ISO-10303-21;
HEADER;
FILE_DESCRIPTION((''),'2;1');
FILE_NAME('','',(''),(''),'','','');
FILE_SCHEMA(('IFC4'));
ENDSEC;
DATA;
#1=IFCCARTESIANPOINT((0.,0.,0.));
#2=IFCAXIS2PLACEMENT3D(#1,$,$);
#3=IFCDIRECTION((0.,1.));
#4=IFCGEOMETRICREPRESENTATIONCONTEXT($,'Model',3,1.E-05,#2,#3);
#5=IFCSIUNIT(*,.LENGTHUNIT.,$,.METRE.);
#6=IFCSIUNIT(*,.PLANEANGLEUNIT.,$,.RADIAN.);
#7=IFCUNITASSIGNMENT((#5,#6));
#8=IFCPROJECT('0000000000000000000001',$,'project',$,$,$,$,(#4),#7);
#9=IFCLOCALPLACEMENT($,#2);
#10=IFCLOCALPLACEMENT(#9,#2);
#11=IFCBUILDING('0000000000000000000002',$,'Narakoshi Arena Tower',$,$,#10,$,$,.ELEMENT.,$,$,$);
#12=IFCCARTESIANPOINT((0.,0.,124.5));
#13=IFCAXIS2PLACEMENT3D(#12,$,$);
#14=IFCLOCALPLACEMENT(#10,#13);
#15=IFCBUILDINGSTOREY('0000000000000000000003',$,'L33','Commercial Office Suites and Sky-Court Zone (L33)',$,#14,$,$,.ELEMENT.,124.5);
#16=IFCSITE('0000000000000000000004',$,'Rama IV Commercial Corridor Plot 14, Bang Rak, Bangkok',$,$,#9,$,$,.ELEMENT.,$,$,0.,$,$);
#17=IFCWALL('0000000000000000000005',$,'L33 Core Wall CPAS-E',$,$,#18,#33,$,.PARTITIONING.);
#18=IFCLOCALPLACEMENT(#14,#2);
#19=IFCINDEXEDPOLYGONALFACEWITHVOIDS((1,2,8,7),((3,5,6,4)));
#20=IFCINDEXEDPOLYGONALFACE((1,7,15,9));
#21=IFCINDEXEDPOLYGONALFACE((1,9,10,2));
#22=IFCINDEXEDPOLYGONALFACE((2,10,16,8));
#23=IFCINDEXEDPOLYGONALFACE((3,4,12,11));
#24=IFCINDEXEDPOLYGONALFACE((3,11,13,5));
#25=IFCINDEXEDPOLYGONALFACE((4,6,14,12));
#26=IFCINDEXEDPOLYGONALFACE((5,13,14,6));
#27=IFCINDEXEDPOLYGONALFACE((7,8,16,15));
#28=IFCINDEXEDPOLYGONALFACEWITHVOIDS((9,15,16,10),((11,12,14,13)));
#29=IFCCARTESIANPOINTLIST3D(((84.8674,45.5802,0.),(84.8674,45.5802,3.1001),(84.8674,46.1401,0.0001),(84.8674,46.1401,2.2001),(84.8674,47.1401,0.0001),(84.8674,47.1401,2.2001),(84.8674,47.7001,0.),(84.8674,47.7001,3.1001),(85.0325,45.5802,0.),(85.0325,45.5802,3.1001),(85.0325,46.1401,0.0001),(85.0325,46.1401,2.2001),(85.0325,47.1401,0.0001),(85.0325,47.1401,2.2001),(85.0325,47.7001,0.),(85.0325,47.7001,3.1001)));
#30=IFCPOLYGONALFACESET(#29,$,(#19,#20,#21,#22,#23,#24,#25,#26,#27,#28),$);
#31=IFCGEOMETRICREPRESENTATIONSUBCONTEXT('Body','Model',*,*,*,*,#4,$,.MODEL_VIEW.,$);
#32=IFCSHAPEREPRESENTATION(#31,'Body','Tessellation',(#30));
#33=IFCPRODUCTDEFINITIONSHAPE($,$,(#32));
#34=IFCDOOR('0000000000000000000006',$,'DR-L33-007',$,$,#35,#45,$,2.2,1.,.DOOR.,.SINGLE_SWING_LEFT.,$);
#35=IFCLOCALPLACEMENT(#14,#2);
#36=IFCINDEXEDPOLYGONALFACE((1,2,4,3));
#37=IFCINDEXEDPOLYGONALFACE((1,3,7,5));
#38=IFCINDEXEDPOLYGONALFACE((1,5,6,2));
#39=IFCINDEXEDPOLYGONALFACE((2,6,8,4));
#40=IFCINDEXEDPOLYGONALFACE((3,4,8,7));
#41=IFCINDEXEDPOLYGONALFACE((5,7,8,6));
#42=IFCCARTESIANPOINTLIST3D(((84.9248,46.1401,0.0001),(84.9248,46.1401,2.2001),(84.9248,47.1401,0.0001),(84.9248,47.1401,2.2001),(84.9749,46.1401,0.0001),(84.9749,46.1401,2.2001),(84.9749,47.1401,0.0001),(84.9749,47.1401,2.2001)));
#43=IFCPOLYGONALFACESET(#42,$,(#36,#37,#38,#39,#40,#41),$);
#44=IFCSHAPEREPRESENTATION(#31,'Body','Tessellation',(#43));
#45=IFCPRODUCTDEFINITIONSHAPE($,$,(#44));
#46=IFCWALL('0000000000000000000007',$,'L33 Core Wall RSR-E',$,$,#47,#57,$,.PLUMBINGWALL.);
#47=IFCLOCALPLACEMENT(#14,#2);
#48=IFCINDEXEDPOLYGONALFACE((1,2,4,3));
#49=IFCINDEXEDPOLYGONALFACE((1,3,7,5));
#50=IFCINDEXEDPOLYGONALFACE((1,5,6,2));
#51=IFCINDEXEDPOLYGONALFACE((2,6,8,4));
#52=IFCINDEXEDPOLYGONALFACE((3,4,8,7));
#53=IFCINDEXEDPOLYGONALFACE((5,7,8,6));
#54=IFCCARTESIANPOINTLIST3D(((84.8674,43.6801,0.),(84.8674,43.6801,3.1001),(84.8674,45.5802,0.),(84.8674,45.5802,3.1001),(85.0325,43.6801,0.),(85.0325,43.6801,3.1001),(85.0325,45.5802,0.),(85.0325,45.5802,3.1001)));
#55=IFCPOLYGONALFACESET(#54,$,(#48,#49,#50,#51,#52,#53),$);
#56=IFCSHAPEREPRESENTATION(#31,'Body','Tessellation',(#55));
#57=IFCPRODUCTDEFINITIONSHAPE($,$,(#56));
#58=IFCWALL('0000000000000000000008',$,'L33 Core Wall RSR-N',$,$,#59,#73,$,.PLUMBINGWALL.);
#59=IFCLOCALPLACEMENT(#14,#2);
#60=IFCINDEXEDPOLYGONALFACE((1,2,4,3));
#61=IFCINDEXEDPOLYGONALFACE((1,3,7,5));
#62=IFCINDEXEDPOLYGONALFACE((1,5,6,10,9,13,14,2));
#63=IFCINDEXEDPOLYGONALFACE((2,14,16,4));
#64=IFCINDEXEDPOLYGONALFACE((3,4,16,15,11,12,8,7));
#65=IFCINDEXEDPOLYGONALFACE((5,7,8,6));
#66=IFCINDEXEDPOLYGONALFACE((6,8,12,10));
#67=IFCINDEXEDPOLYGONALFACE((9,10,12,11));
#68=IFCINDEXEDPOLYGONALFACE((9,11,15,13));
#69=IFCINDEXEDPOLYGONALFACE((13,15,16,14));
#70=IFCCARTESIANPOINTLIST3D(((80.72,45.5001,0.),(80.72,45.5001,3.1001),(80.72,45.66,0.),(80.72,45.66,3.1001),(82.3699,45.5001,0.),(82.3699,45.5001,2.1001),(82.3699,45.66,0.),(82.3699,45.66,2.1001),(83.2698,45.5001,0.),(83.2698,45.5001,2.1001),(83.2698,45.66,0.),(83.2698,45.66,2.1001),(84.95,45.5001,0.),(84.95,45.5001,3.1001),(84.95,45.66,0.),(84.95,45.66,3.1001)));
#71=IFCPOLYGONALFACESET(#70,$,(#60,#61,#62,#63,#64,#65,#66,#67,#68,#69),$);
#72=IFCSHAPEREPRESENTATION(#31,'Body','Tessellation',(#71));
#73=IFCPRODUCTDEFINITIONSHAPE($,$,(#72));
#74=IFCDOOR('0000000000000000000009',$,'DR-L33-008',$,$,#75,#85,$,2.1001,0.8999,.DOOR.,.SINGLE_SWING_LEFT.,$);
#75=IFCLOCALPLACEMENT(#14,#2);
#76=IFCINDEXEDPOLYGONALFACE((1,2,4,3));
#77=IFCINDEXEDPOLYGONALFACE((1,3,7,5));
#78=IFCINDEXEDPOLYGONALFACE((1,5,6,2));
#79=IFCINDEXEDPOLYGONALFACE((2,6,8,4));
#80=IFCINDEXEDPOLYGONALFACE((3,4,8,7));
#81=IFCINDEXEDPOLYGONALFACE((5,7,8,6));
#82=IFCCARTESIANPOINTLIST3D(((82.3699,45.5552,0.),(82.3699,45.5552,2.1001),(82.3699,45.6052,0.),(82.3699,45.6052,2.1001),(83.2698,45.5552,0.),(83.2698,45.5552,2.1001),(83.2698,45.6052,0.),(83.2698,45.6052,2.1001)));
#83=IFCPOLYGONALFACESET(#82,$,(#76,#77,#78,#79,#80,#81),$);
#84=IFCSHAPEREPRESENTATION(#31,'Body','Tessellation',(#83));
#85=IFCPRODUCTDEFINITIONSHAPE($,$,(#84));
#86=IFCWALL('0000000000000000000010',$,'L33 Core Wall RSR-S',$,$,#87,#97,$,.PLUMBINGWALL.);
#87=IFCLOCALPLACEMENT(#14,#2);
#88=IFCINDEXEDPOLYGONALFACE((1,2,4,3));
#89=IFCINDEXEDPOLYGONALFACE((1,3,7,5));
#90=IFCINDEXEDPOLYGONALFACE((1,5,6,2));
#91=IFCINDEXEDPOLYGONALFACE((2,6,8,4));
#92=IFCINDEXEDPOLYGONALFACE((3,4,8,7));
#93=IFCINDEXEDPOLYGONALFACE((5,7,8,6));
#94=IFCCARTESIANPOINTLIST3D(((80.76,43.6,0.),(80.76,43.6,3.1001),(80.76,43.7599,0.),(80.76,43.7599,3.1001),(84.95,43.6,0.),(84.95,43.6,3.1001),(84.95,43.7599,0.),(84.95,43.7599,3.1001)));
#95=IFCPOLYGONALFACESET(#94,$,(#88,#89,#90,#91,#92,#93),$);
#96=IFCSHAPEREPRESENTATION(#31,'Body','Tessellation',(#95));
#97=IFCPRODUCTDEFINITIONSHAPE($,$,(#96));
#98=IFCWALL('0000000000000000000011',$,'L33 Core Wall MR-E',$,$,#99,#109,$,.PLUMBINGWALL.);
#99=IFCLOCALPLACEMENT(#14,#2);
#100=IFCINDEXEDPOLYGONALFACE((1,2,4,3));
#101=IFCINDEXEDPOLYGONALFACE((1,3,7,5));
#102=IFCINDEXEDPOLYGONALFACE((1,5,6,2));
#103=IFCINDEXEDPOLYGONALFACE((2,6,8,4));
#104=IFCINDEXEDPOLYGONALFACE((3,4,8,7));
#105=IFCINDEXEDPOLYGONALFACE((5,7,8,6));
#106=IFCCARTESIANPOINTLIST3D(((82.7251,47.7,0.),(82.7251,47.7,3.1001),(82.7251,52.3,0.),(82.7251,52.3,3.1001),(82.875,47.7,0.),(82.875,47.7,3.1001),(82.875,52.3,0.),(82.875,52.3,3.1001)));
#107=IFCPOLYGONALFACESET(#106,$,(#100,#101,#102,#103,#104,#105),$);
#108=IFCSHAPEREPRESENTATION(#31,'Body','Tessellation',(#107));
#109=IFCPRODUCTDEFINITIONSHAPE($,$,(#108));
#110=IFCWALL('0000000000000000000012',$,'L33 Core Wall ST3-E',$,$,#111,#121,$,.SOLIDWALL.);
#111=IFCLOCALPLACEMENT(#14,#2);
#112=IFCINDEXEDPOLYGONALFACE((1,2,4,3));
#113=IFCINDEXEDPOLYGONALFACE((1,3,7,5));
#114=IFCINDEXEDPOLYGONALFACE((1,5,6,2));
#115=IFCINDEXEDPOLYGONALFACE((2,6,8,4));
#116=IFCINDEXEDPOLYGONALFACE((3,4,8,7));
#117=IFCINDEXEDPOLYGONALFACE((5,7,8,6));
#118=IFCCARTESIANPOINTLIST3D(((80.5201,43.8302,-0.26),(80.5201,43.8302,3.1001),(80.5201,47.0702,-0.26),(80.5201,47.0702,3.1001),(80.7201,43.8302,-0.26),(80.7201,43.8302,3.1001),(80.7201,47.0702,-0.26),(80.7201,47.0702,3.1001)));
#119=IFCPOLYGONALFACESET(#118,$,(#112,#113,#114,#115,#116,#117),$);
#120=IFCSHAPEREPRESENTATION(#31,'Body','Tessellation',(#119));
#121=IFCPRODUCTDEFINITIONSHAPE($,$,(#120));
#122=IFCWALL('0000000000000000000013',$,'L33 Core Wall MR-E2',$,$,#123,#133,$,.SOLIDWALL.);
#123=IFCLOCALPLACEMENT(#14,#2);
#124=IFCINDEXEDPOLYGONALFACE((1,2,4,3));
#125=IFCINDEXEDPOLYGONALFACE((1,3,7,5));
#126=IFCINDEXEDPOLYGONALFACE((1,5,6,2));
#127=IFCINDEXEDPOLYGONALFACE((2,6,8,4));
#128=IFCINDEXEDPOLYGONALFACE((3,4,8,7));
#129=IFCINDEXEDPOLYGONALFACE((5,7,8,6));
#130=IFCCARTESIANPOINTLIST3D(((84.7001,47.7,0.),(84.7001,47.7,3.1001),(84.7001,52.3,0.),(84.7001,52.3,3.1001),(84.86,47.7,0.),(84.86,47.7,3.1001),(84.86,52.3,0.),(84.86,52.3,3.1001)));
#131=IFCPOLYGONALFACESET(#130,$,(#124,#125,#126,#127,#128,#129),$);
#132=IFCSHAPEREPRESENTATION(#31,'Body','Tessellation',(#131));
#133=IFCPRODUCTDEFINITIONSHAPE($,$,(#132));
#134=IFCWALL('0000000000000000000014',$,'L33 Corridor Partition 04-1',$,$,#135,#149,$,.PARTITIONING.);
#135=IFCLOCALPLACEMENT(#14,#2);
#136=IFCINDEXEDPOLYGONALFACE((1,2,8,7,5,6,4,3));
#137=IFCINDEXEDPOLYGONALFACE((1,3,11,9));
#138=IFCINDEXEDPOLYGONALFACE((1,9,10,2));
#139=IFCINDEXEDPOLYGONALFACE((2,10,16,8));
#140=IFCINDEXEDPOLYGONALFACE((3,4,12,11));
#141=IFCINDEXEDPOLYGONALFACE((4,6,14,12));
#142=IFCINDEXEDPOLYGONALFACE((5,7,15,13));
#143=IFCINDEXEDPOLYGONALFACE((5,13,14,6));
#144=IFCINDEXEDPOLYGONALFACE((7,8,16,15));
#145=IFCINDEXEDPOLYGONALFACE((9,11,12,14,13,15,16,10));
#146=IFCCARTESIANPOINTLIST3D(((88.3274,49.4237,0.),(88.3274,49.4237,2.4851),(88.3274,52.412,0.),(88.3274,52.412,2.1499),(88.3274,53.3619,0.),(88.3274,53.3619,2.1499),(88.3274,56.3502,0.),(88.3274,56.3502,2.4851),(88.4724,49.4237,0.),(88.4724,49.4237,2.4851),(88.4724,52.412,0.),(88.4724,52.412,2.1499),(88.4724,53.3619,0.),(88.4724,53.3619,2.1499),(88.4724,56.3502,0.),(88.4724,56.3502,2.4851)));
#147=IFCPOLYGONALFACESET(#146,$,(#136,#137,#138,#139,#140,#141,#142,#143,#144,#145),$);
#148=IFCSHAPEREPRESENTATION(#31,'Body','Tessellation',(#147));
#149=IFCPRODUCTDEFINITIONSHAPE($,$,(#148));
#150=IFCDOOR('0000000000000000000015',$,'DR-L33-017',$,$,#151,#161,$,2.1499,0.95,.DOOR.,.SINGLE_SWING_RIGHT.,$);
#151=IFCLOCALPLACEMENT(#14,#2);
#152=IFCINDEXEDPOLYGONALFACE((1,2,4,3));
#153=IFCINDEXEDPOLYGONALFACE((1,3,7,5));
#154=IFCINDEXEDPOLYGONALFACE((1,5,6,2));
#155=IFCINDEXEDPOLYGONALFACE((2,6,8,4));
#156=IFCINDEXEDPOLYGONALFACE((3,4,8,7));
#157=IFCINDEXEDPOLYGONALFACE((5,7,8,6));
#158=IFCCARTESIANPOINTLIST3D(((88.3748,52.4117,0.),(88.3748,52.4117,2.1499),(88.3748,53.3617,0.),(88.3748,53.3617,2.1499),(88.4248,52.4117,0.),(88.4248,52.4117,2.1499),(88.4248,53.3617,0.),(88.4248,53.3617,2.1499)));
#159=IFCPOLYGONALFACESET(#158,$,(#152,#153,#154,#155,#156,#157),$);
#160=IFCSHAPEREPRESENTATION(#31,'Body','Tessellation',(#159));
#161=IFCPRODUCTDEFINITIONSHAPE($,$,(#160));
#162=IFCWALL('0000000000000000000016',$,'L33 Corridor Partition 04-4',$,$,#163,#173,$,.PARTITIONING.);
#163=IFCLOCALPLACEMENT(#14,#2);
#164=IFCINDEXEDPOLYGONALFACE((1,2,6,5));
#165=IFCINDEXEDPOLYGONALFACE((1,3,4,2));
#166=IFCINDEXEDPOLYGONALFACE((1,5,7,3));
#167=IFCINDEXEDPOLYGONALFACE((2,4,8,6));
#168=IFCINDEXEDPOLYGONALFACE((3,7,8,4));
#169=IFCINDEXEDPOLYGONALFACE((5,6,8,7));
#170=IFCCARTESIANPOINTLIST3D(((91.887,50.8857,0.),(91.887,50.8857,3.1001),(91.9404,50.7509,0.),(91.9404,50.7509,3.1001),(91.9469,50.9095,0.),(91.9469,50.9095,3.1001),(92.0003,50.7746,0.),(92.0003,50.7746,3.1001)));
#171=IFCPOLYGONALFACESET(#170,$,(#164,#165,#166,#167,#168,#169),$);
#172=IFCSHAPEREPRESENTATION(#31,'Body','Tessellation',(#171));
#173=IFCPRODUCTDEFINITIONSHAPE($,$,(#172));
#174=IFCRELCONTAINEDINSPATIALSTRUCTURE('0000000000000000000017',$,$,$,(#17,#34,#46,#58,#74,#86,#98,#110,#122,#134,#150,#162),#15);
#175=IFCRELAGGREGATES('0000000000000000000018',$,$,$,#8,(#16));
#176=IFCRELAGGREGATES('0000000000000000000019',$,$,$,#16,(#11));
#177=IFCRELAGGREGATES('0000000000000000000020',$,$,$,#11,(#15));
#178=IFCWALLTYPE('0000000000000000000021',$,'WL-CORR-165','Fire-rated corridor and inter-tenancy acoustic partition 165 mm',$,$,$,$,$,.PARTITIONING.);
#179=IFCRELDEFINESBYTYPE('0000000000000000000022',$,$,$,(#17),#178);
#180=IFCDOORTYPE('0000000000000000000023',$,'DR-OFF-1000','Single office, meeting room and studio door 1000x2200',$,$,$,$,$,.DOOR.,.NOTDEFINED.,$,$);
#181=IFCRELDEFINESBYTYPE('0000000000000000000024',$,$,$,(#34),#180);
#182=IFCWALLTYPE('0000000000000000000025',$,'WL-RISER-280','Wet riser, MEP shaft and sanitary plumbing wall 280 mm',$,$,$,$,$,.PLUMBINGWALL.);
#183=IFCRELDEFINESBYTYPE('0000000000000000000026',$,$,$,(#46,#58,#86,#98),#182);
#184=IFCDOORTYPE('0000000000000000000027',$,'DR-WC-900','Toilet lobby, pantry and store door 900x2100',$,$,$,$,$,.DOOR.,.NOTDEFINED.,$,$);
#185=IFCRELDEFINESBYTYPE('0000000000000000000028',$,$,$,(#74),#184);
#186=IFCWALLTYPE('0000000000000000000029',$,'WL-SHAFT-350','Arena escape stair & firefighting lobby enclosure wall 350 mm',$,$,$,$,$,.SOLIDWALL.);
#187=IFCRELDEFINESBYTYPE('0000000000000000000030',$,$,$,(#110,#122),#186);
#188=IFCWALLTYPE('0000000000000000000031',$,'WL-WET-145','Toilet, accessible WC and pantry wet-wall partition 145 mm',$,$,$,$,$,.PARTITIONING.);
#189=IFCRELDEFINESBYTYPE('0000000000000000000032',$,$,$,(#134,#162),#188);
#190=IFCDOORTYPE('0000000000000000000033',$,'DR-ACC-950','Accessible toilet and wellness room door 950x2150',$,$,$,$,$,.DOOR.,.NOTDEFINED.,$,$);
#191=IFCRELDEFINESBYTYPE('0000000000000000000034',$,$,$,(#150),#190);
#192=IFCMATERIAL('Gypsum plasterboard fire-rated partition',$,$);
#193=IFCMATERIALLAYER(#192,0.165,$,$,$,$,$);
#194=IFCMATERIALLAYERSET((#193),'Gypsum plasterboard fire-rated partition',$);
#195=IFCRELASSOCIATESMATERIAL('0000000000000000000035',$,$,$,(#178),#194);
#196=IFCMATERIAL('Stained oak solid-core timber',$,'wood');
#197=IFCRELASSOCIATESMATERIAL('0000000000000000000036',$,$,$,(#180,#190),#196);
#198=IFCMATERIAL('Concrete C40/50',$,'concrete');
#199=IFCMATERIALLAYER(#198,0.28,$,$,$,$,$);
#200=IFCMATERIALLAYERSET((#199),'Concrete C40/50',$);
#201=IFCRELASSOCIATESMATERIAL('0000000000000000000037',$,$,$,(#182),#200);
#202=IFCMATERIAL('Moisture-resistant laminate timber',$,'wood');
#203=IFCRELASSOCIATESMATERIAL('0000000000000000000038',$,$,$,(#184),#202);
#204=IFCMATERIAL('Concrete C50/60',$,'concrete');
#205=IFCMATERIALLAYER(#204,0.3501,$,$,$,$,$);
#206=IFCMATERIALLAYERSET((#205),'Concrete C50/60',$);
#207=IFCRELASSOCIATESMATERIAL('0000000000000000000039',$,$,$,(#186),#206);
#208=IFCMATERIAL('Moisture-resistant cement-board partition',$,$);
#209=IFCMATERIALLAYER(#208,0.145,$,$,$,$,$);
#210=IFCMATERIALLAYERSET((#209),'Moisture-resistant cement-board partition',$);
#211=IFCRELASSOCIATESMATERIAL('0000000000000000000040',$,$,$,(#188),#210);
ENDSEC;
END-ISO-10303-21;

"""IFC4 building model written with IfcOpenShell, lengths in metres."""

from ifc_helpers import new_model, si_unit, direction, frame, frame_2d, origin, place, context, subcontext, project, spatial, rectangle, extrude, material, layer, layer_set, type_object, element, fill, save


model = new_model("IFC4")

# Units and contexts
model_context = context("Model", 3, precision=1e-05, world=origin(), true_north=direction((0.0, 1.0)))
body_context = subcontext(model_context, "Body", "Model", "MODEL_VIEW")
ifc_project = project(units=[si_unit("LENGTHUNIT", "METRE"), si_unit("PLANEANGLEUNIT", "RADIAN")], contexts=[model_context])

# Site, building, storey
site_placement = place(None, origin())
site = spatial("IfcSite", under=ifc_project, at=site_placement, Name="Rama IV Commercial Corridor Plot 14, Bang Rak, Bangkok", CompositionType="ELEMENT", RefElevation=0.0)
building_placement = place(site_placement, origin())
building = spatial("IfcBuilding", under=site, at=building_placement, Name="Narakoshi Arena Tower", CompositionType="ELEMENT")
storey_placement = place(building_placement, frame((0.0, 0.0, 124.5)))
storey = spatial("IfcBuildingStorey", under=building, at=storey_placement, Name="L33", Description="Commercial Office Suites and Sky-Court Zone (L33)", CompositionType="ELEMENT", Elevation=124.5)

# Wall, opening, door
ifc_material_1 = material(Name="Gypsum plasterboard fire-rated partition")
ifc_layer_1 = layer(ifc_material_1, 0.165)
ifc_layer_set_1 = layer_set([ifc_layer_1], Name="Gypsum plasterboard fire-rated partition")
wall_type_1 = type_object("IfcWallType", Name="WL-CORR-165", Description="Fire-rated corridor and inter-tenancy acoustic partition 165 mm", PredefinedType="PARTITIONING", material=ifc_layer_set_1)
wall_1_placement = place(storey_placement, frame((84.95, 45.5801, 0.0), z_axis=(0.0, 0.0, 1.0), x_axis=(0.0, 1.0, 0.0)))
wall_1 = element("IfcWall", 1, at=wall_1_placement, inside=storey, type_object=wall_type_1, Name="L33 Core Wall CPAS-E", PredefinedType="PARTITIONING", context=body_context, shape_type="SweptSolid", body=[
    extrude(rectangle(XDim=2.1199, YDim=0.165, at=frame_2d((1.0601, 0.0))), origin(), (0.0, 0.0, 1.0), 3.1001),
])
opening_1_placement = place(wall_1_placement, frame((0.5601, 0.0, 0.0)))
opening_1 = element("IfcOpeningElement", 2, at=opening_1_placement, cuts=wall_1, PredefinedType="OPENING", context=body_context, shape_type="SweptSolid", body=[
    extrude(rectangle(XDim=1.0, YDim=2.2, at=frame_2d((0.5, 1.1001))), frame((0.0, 0.0925, 0.0), z_axis=(0.0, -1.0, 0.0), x_axis=(1.0, 0.0, 0.0)), (0.0, 0.0, 1.0), 0.1851),
])
ifc_material_2 = material(Name="Stained oak solid-core timber", Category="wood")
door_type_1 = type_object("IfcDoorType", Name="DR-OFF-1000", Description="Single office, meeting room and studio door 1000x2200", OperationType="NOTDEFINED", PredefinedType="DOOR", material=ifc_material_2)
door_1_placement = place(opening_1_placement, frame((1.0, 0.0, 0.0), z_axis=(0.0, 0.0, 1.0), x_axis=(-1.0, 0.0, 0.0)))
door_1 = element("IfcDoor", 3, at=door_1_placement, inside=storey, type_object=door_type_1, Name="DR-L33-007", OperationType="SINGLE_SWING_LEFT", OverallHeight=2.2, OverallWidth=1.0, PredefinedType="DOOR", context=body_context, shape_type="SweptSolid", body=[
    extrude(rectangle(XDim=1.0, YDim=2.2, at=frame_2d((0.5, 1.1001))), frame((0.0, 0.0249, 0.0), z_axis=(0.0, -1.0, 0.0), x_axis=(1.0, 0.0, 0.0)), (0.0, 0.0, 1.0), 0.05),
])
fill(opening_1, door_1)

# Wall
ifc_material_3 = material(Name="Concrete C40/50", Category="concrete")
ifc_layer_2 = layer(ifc_material_3, 0.28)
ifc_layer_set_2 = layer_set([ifc_layer_2], Name="Concrete C40/50")
wall_type_2 = type_object("IfcWallType", Name="WL-RISER-280", Description="Wet riser, MEP shaft and sanitary plumbing wall 280 mm", PredefinedType="PLUMBINGWALL", material=ifc_layer_set_2)
wall_2_placement = place(storey_placement, frame((84.95, 43.6799, 0.0), z_axis=(0.0, 0.0, 1.0), x_axis=(0.0, 1.0, 0.0)))
element("IfcWall", 4, at=wall_2_placement, inside=storey, type_object=wall_type_2, Name="L33 Core Wall RSR-E", PredefinedType="PLUMBINGWALL", context=body_context, shape_type="SweptSolid", body=[
    extrude(rectangle(XDim=1.9001, YDim=0.165, at=frame_2d((0.9502, 0.0))), origin(), (0.0, 0.0, 1.0), 3.1001),
])

# Wall, opening, door
wall_3_placement = place(storey_placement, frame((80.72, 45.5801, 0.0), z_axis=(0.0, 0.0, 1.0), x_axis=(1.0, 0.0, 0.0)))
wall_3 = element("IfcWall", 5, at=wall_3_placement, inside=storey, type_object=wall_type_2, Name="L33 Core Wall RSR-N", PredefinedType="PLUMBINGWALL", context=body_context, shape_type="SweptSolid", body=[
    extrude(rectangle(XDim=4.23, YDim=0.1599, at=frame_2d((2.115, 0.0))), origin(), (0.0, 0.0, 1.0), 3.1001),
])
opening_2_placement = place(wall_3_placement, frame((1.6499, 0.0, 0.0)))
opening_2 = element("IfcOpeningElement", 6, at=opening_2_placement, cuts=wall_3, PredefinedType="OPENING", context=body_context, shape_type="SweptSolid", body=[
    extrude(rectangle(XDim=0.8999, YDim=2.1001, at=frame_2d((0.45, 1.05))), frame((0.0, 0.0898, 0.0), z_axis=(0.0, -1.0, 0.0), x_axis=(1.0, 0.0, 0.0)), (0.0, 0.0, 1.0), 0.1799),
])
ifc_material_4 = material(Name="Moisture-resistant laminate timber", Category="wood")
door_type_2 = type_object("IfcDoorType", Name="DR-WC-900", Description="Toilet lobby, pantry and store door 900x2100", OperationType="NOTDEFINED", PredefinedType="DOOR", material=ifc_material_4)
door_2_placement = place(opening_2_placement, frame((0.8999, 0.0, 0.0), z_axis=(0.0, 0.0, 1.0), x_axis=(-1.0, 0.0, 0.0)))
door_2 = element("IfcDoor", 7, at=door_2_placement, inside=storey, type_object=door_type_2, Name="DR-L33-008", OperationType="SINGLE_SWING_LEFT", OverallHeight=2.1001, OverallWidth=0.8999, PredefinedType="DOOR", context=body_context, shape_type="SweptSolid", body=[
    extrude(rectangle(XDim=0.8999, YDim=2.1001, at=frame_2d((0.45, 1.05))), frame((0.0, 0.0249, 0.0), z_axis=(0.0, -1.0, 0.0), x_axis=(1.0, 0.0, 0.0)), (0.0, 0.0, 1.0), 0.05),
])
fill(opening_2, door_2)

# Walls
wall_4_placement = place(storey_placement, frame((80.76, 43.6799, 0.0), z_axis=(0.0, 0.0, 1.0), x_axis=(1.0, 0.0, 0.0)))
element("IfcWall", 8, at=wall_4_placement, inside=storey, type_object=wall_type_2, Name="L33 Core Wall RSR-S", PredefinedType="PLUMBINGWALL", context=body_context, shape_type="SweptSolid", body=[
    extrude(rectangle(XDim=4.1899, YDim=0.1599, at=frame_2d((2.095, 0.0))), origin(), (0.0, 0.0, 1.0), 3.1001),
])
wall_5_placement = place(storey_placement, frame((82.8, 47.7, 0.0), z_axis=(0.0, 0.0, 1.0), x_axis=(0.0, 1.0, 0.0)))
element("IfcWall", 9, at=wall_5_placement, inside=storey, type_object=wall_type_2, Name="L33 Core Wall MR-E", PredefinedType="PLUMBINGWALL", context=body_context, shape_type="SweptSolid", body=[
    extrude(rectangle(XDim=4.6001, YDim=0.1499, at=frame_2d((2.3, 0.0))), origin(), (0.0, 0.0, 1.0), 3.1001),
])
ifc_material_5 = material(Name="Concrete C50/60", Category="concrete")
ifc_layer_3 = layer(ifc_material_5, 0.3501)
ifc_layer_set_3 = layer_set([ifc_layer_3], Name="Concrete C50/60")
wall_type_3 = type_object("IfcWallType", Name="WL-SHAFT-350", Description="Arena escape stair & firefighting lobby enclosure wall 350 mm", PredefinedType="SOLIDWALL", material=ifc_layer_set_3)
wall_6_placement = place(storey_placement, frame((80.6201, 43.8301, -0.26), z_axis=(0.0, 0.0, 1.0), x_axis=(0.0, 1.0, 0.0)))
element("IfcWall", 10, at=wall_6_placement, inside=storey, type_object=wall_type_3, Name="L33 Core Wall ST3-E", PredefinedType="SOLIDWALL", context=body_context, shape_type="SweptSolid", body=[
    extrude(rectangle(XDim=3.24, YDim=0.2, at=frame_2d((1.6201, 0.0))), origin(), (0.0, 0.0, 1.0), 3.3601),
])
wall_7_placement = place(storey_placement, frame((84.78, 47.7, 0.0), z_axis=(0.0, 0.0, 1.0), x_axis=(0.0, 1.0, 0.0)))
element("IfcWall", 11, at=wall_7_placement, inside=storey, type_object=wall_type_3, Name="L33 Core Wall MR-E2", PredefinedType="SOLIDWALL", context=body_context, shape_type="SweptSolid", body=[
    extrude(rectangle(XDim=4.6001, YDim=0.1599, at=frame_2d((2.3, 0.0))), origin(), (0.0, 0.0, 1.0), 3.1001),
])

# Wall, opening, door
ifc_material_6 = material(Name="Moisture-resistant cement-board partition")
ifc_layer_4 = layer(ifc_material_6, 0.145)
ifc_layer_set_4 = layer_set([ifc_layer_4], Name="Moisture-resistant cement-board partition")
wall_type_4 = type_object("IfcWallType", Name="WL-WET-145", Description="Toilet, accessible WC and pantry wet-wall partition 145 mm", PredefinedType="PARTITIONING", material=ifc_layer_set_4)
wall_8_placement = place(storey_placement, frame((88.3999, 49.4236, 0.0), z_axis=(0.0, 0.0, 1.0), x_axis=(0.0, 1.0, 0.0)))
wall_8 = element("IfcWall", 12, at=wall_8_placement, inside=storey, type_object=wall_type_4, Name="L33 Corridor Partition 04-1", PredefinedType="PARTITIONING", context=body_context, shape_type="SweptSolid", body=[
    extrude(rectangle(XDim=6.9265, YDim=0.145, at=frame_2d((3.4634, 0.0))), origin(), (0.0, 0.0, 1.0), 2.4851),
])
opening_3_placement = place(wall_8_placement, frame((2.9883, 0.0, 0.0)))
opening_3 = element("IfcOpeningElement", 13, at=opening_3_placement, cuts=wall_8, PredefinedType="OPENING", context=body_context, shape_type="SweptSolid", body=[
    extrude(rectangle(XDim=0.95, YDim=2.1499, at=frame_2d((0.4751, 1.075))), frame((0.0, 0.0825, 0.0), z_axis=(0.0, -1.0, 0.0), x_axis=(1.0, 0.0, 0.0)), (0.0, 0.0, 1.0), 0.165),
])
door_type_3 = type_object("IfcDoorType", Name="DR-ACC-950", Description="Accessible toilet and wellness room door 950x2150", OperationType="NOTDEFINED", PredefinedType="DOOR", material=ifc_material_2)
door_3_placement = place(opening_3_placement, frame((0.95, 0.0, 0.0), z_axis=(0.0, 0.0, 1.0), x_axis=(-1.0, 0.0, 0.0)))
door_3 = element("IfcDoor", 14, at=door_3_placement, inside=storey, type_object=door_type_3, Name="DR-L33-017", OperationType="SINGLE_SWING_RIGHT", OverallHeight=2.1499, OverallWidth=0.95, PredefinedType="DOOR", context=body_context, shape_type="SweptSolid", body=[
    extrude(rectangle(XDim=0.95, YDim=2.1499, at=frame_2d((0.4751, 1.075))), frame((0.0, 0.0249, 0.0), z_axis=(0.0, -1.0, 0.0), x_axis=(1.0, 0.0, 0.0)), (0.0, 0.0, 1.0), 0.05),
])
fill(opening_3, door_3)

# Wall
wall_9_placement = place(storey_placement, frame((91.9736, 50.842, 0.0), z_axis=(0.0, 0.0, 1.0), x_axis=(-0.92978, -0.368117, 0.0)))
element("IfcWall", 15, at=wall_9_placement, inside=storey, type_object=wall_type_4, Name="L33 Corridor Partition 04-4", PredefinedType="PARTITIONING", context=body_context, shape_type="SweptSolid", body=[
    extrude(rectangle(XDim=0.0645, YDim=0.145, at=frame_2d((0.0322, 0.0))), origin(), (0.0, 0.0, 1.0), 3.1001),
])

save(model, "model.ifc")
